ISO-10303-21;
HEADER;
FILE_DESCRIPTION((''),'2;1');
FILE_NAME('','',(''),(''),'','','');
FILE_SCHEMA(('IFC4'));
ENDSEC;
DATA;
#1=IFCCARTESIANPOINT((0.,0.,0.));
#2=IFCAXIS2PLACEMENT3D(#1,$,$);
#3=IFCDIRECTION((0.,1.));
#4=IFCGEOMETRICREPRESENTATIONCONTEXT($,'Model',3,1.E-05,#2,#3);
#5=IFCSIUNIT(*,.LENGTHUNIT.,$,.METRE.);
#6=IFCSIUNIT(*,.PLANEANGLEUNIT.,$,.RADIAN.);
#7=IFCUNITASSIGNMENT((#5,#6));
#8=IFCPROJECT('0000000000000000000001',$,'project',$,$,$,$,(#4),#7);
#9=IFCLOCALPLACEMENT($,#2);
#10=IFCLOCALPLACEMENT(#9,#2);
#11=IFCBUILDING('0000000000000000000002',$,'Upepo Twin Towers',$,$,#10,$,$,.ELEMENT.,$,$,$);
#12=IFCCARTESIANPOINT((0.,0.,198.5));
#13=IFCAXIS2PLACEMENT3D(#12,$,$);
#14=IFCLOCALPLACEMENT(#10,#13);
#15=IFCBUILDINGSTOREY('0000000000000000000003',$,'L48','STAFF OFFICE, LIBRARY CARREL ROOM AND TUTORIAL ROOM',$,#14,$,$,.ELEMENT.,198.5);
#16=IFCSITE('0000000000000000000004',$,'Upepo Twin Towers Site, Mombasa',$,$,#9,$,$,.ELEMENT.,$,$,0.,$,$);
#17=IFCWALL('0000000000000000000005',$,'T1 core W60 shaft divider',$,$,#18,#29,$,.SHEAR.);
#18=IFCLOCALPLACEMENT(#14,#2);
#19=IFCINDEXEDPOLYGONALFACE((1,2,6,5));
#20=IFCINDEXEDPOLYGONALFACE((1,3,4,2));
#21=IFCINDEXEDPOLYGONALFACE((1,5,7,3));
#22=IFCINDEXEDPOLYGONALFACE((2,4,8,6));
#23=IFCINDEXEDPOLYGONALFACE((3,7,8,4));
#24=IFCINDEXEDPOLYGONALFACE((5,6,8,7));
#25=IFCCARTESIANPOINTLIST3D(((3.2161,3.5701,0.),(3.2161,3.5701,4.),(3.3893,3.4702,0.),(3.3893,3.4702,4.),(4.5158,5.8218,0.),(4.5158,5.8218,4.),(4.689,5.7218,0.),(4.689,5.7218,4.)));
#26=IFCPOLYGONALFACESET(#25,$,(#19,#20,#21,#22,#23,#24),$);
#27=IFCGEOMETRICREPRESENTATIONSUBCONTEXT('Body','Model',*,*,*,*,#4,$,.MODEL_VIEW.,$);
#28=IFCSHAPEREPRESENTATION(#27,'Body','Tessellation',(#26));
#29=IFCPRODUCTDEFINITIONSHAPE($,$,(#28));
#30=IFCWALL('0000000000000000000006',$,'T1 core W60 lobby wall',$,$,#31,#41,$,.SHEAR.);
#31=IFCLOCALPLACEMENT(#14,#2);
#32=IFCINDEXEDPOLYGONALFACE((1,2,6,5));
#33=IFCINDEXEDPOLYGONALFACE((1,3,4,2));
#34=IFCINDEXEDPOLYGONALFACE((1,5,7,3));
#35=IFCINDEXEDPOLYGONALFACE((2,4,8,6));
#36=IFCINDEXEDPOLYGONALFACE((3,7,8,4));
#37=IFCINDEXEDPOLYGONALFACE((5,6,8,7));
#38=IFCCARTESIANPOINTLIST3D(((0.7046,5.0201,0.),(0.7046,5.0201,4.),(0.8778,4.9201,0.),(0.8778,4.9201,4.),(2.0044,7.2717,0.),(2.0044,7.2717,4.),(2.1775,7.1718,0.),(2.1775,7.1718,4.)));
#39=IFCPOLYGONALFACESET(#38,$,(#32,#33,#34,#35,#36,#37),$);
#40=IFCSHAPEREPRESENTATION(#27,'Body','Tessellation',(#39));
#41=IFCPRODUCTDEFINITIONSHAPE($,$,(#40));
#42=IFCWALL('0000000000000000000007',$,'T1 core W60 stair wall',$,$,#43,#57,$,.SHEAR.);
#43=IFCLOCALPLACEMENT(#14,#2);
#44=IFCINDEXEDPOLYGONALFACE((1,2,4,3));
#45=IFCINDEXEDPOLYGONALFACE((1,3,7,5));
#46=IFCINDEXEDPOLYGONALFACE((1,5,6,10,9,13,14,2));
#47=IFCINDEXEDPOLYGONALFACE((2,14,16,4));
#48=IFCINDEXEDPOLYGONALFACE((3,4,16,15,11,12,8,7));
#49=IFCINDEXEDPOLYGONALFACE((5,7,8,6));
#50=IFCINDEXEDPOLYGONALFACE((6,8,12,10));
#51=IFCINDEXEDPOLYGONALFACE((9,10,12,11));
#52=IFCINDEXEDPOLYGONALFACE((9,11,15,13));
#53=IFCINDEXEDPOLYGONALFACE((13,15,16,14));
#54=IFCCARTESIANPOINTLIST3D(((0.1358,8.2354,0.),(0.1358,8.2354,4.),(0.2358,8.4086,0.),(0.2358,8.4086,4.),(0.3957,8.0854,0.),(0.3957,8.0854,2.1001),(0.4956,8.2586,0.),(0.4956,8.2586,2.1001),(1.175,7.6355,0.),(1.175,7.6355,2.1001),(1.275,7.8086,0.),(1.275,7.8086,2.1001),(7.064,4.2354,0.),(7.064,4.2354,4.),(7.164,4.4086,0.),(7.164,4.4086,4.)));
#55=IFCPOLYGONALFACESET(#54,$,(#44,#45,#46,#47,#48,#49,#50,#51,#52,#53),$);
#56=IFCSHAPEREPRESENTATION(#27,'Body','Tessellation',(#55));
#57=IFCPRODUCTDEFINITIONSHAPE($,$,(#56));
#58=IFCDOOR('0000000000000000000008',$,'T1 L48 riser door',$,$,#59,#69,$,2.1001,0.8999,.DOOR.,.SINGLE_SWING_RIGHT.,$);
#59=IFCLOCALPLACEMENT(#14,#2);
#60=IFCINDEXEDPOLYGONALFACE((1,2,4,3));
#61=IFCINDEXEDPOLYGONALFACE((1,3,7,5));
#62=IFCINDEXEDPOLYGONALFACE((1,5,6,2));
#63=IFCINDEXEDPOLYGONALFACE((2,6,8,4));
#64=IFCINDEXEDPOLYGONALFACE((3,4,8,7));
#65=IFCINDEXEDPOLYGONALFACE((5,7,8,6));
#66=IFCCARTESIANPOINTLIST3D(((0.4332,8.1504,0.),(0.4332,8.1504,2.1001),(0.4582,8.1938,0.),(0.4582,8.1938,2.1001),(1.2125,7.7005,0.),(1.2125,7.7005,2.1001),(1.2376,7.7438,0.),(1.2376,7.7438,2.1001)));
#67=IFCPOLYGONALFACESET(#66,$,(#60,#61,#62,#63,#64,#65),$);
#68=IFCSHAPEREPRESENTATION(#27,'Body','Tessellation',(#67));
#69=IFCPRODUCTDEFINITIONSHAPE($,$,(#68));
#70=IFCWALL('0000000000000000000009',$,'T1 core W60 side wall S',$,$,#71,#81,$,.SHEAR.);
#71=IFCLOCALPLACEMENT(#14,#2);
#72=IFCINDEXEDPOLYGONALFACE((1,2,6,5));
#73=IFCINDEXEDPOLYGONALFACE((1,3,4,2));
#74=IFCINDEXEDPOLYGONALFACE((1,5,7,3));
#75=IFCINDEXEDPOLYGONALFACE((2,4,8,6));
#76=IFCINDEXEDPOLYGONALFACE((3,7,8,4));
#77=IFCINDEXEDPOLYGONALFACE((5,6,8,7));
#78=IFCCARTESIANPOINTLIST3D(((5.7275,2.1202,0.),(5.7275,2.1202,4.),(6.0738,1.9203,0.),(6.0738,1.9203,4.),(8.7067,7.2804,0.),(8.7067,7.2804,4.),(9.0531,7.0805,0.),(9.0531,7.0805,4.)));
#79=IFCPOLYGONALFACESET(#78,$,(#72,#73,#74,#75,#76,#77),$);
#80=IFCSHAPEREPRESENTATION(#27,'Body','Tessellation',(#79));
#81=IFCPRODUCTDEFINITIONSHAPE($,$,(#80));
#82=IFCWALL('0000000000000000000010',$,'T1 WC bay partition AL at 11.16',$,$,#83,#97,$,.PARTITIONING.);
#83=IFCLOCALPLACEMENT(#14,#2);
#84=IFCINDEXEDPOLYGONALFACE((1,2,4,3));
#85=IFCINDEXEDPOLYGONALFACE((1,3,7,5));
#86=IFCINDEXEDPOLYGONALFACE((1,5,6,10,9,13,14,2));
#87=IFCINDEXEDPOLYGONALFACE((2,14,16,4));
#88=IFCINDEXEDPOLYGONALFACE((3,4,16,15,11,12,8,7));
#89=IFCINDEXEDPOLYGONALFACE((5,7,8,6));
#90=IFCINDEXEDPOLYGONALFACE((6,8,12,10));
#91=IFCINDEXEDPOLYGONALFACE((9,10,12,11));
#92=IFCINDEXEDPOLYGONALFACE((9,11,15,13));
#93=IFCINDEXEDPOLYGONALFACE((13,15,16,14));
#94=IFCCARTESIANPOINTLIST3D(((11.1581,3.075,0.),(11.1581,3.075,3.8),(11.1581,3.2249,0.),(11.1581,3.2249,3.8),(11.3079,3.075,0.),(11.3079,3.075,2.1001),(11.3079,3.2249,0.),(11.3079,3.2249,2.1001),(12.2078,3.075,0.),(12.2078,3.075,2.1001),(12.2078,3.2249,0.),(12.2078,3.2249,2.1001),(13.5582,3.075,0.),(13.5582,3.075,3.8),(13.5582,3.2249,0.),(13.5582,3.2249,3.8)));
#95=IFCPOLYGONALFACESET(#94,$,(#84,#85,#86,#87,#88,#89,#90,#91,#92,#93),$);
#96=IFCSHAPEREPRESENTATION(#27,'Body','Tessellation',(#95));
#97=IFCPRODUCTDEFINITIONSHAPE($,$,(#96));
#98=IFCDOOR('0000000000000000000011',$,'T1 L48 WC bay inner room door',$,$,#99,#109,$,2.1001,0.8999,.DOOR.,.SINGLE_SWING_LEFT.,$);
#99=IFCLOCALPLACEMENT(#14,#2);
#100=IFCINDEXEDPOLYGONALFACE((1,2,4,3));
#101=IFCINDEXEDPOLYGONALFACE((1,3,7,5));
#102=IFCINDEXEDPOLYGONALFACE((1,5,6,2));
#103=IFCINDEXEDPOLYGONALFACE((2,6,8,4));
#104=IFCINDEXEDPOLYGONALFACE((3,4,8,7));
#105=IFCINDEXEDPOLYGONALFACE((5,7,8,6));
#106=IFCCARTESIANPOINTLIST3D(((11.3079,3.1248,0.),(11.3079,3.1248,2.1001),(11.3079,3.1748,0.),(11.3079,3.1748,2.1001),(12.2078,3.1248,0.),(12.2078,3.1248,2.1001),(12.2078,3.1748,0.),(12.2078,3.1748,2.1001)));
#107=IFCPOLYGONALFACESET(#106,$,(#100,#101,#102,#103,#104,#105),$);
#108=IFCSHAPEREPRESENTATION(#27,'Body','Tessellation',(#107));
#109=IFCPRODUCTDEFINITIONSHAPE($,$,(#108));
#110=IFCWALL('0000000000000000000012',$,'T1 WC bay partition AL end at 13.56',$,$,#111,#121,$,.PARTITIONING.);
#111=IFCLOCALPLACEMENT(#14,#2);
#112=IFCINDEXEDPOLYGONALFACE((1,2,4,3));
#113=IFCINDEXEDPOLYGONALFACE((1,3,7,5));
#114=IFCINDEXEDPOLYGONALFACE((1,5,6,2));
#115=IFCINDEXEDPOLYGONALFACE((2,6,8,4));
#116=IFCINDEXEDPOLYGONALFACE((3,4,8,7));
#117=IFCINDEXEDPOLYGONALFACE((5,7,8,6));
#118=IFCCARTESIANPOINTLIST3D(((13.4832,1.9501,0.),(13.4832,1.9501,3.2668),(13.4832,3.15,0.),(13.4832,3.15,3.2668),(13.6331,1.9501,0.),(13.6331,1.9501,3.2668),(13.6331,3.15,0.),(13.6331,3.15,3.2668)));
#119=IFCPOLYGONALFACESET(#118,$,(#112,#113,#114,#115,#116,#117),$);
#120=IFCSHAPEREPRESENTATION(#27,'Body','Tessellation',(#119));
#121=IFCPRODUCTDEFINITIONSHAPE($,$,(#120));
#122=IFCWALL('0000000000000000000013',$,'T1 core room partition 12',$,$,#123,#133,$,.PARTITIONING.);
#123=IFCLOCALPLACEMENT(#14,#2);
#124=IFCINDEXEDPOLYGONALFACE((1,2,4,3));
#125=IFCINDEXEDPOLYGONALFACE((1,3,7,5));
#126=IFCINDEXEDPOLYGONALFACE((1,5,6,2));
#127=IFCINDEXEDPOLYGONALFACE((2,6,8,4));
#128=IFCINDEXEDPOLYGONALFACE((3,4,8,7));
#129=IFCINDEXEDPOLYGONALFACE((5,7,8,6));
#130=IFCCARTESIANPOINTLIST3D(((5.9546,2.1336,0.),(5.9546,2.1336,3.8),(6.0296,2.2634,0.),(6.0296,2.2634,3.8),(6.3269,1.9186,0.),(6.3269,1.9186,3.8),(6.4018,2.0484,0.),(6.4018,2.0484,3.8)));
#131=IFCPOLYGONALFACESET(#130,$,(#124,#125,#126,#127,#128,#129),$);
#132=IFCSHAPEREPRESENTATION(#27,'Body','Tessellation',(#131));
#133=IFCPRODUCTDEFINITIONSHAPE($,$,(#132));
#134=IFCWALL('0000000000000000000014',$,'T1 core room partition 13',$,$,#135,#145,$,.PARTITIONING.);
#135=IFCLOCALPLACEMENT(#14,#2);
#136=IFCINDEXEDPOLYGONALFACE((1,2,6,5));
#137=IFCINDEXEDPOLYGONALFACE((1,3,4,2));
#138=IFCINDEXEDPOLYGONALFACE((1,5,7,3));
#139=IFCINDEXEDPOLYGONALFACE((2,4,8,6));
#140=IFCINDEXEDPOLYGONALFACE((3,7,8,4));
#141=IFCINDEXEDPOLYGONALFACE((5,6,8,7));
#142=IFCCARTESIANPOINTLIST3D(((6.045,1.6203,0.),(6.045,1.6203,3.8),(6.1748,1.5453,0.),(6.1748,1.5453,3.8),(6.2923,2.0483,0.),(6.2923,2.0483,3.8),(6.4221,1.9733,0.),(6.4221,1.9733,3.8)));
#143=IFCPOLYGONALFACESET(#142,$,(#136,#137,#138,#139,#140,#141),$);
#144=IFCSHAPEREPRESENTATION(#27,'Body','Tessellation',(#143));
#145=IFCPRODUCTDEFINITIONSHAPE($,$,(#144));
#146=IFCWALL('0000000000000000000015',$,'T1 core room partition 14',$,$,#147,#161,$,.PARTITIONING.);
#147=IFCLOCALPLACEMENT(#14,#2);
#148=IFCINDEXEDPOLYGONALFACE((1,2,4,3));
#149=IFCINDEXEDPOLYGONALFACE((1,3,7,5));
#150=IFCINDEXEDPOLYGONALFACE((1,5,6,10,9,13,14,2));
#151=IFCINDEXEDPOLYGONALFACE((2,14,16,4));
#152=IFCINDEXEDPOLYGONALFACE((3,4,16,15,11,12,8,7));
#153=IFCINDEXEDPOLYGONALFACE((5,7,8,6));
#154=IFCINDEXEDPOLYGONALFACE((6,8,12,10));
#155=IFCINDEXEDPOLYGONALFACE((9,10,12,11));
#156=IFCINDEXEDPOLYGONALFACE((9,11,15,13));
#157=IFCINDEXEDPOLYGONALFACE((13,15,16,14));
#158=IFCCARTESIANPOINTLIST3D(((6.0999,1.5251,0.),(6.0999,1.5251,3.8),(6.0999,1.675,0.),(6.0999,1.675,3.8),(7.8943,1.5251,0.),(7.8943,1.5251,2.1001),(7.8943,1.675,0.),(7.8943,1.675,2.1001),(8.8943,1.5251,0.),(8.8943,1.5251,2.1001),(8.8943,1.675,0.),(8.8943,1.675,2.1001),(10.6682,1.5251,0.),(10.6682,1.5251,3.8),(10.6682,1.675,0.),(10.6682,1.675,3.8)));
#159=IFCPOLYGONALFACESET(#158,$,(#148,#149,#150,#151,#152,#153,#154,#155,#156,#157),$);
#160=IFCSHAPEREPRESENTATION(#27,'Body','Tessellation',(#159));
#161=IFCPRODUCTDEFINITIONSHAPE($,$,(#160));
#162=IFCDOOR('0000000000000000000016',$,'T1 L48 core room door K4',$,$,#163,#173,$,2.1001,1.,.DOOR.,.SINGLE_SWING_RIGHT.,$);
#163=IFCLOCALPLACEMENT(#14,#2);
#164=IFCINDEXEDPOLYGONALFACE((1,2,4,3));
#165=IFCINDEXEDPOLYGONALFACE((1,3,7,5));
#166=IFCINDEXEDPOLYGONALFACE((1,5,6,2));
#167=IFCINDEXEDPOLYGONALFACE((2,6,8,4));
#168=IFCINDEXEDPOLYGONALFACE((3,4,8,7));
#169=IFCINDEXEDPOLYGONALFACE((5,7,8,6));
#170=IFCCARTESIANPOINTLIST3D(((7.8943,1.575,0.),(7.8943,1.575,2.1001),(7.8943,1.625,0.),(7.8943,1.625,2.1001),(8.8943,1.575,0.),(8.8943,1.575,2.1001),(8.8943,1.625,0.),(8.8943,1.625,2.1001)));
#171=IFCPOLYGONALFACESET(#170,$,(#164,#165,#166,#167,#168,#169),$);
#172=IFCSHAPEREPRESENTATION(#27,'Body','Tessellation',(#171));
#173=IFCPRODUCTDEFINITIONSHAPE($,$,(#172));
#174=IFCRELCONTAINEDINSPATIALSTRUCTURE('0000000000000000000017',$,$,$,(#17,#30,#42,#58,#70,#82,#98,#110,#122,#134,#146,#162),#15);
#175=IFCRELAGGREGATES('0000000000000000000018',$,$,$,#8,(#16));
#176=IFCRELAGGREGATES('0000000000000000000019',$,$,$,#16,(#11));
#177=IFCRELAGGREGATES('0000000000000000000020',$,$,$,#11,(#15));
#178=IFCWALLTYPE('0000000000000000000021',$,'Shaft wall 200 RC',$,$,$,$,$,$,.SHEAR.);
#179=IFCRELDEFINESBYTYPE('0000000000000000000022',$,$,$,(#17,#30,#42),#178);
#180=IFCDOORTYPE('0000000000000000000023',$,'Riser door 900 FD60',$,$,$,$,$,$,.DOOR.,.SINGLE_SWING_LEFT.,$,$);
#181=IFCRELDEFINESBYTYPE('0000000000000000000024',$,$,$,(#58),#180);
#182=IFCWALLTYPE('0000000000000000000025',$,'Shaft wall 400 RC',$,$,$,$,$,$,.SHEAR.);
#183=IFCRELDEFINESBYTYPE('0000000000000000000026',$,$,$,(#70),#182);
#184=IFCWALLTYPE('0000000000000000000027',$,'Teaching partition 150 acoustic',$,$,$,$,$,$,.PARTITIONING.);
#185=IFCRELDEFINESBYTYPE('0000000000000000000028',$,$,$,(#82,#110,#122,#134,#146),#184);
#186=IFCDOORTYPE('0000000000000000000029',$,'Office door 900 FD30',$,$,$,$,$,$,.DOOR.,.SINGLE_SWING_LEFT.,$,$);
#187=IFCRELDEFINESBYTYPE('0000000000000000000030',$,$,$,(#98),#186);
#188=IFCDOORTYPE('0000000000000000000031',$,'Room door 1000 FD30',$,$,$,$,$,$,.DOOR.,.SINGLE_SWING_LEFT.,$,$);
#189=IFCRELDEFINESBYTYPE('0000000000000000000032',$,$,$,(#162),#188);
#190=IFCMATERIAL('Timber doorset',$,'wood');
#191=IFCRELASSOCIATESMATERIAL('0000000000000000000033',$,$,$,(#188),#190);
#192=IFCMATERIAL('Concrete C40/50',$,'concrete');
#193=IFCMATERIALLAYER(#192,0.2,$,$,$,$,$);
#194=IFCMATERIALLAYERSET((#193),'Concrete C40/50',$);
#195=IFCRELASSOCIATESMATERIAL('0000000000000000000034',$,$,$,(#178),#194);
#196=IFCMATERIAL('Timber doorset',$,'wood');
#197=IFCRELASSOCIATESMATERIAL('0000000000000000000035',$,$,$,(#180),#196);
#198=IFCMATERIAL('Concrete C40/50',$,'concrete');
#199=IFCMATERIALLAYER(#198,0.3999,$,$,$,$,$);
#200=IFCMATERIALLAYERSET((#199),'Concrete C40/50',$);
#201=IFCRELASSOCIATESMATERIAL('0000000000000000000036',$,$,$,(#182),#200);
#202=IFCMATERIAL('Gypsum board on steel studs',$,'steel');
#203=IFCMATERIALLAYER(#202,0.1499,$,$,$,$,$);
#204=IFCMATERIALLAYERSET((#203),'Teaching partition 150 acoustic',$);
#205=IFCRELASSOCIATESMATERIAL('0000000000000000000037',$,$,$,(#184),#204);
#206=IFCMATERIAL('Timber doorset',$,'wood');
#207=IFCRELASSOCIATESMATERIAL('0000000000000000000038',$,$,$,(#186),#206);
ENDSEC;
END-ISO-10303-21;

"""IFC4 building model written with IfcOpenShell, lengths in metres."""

from ifc_helpers import new_model, si_unit, direction, frame, frame_2d, origin, place, context, subcontext, project, spatial, rectangle, extrude, material, layer, layer_set, type_object, element, fill, save


model = new_model("IFC4")

# Units and contexts
model_context = context("Model", 3, precision=1e-05, world=origin(), true_north=direction((0.0, 1.0)))
body_context = subcontext(model_context, "Body", "Model", "MODEL_VIEW")
ifc_project = project(units=[si_unit("LENGTHUNIT", "METRE"), si_unit("PLANEANGLEUNIT", "RADIAN")], contexts=[model_context])

# Site, building, storey
site_placement = place(None, origin())
site = spatial("IfcSite", under=ifc_project, at=site_placement, Name="Upepo Twin Towers Site, Mombasa", CompositionType="ELEMENT", RefElevation=0.0)
building_placement = place(site_placement, origin())
building = spatial("IfcBuilding", under=site, at=building_placement, Name="Upepo Twin Towers", CompositionType="ELEMENT")
storey_placement = place(building_placement, frame((0.0, 0.0, 198.5)))
storey = spatial("IfcBuildingStorey", under=building, at=storey_placement, Name="L48", Description="STAFF OFFICE, LIBRARY CARREL ROOM AND TUTORIAL ROOM", CompositionType="ELEMENT", Elevation=198.5)

# Shared definitions
ifc_material_1 = material(Name="Timber doorset", Category="wood")
door_type_1 = type_object("IfcDoorType", Name="Room door 1000 FD30", OperationType="SINGLE_SWING_LEFT", PredefinedType="DOOR", material=ifc_material_1)

# Shared definitions
ifc_material_2 = material(Name="Concrete C40/50", Category="concrete")
ifc_layer_1 = layer(ifc_material_2, 0.2)
ifc_layer_set_1 = layer_set([ifc_layer_1], Name="Concrete C40/50")
wall_type_1 = type_object("IfcWallType", Name="Shaft wall 200 RC", PredefinedType="SHEAR", material=ifc_layer_set_1)

# Walls
for number, where, z_axis, x_axis, name in (
    (1, (3.3027, 3.5203, 0.0), (0.0, 0.0, 1.0), (0.499937, 0.866062, 0.0), "T1 core W60 shaft divider"),
    (2, (0.7913, 4.9702, 0.0), (0.0, 0.0, 1.0), (0.499937, 0.866062, 0.0), "T1 core W60 lobby wall"),
):
    element("IfcWall", number, at=place(storey_placement, frame(where, z_axis=z_axis, x_axis=x_axis)), inside=storey, type_object=wall_type_1, Name=name, PredefinedType="SHEAR", context=body_context, shape_type="SweptSolid", body=[
        extrude(rectangle(XDim=2.5999, YDim=0.2, at=frame_2d((1.2998, 0.0))), origin(), (0.0, 0.0, 1.0), 4.0),
    ])

# Wall, opening, door
wall_1_placement = place(storey_placement, frame((7.114, 4.322, 0.0), z_axis=(0.0, 0.0, 1.0), x_axis=(-0.866026, 0.499999, 0.0)))
wall_1 = element("IfcWall", 3, at=wall_1_placement, inside=storey, type_object=wall_type_1, Name="T1 core W60 stair wall", PredefinedType="SHEAR", context=body_context, shape_type="SweptSolid", body=[
    extrude(rectangle(XDim=8.0, YDim=0.2, at=frame_2d((4.0, 0.0))), origin(), (0.0, 0.0, 1.0), 4.0),
])
opening_1_placement = place(wall_1_placement, frame((6.8, 0.0, 0.0)))
opening_1 = element("IfcOpeningElement", 4, at=opening_1_placement, cuts=wall_1, PredefinedType="OPENING", context=body_context, shape_type="SweptSolid", body=[
    extrude(rectangle(XDim=0.8999, YDim=2.1001, at=frame_2d((0.45, 1.05))), frame((0.0, 0.1099, 0.0), z_axis=(0.0, -1.0, 0.0), x_axis=(1.0, 0.0, 0.0)), (0.0, 0.0, 1.0), 0.22),
])
ifc_material_3 = material(Name="Timber doorset", Category="wood")
door_type_2 = type_object("IfcDoorType", Name="Riser door 900 FD60", OperationType="SINGLE_SWING_LEFT", PredefinedType="DOOR", material=ifc_material_3)
door_1_placement = place(opening_1_placement, origin())
door_1 = element("IfcDoor", 5, at=door_1_placement, inside=storey, type_object=door_type_2, Name="T1 L48 riser door", OperationType="SINGLE_SWING_RIGHT", OverallHeight=2.1001, OverallWidth=0.8999, PredefinedType="DOOR", context=body_context, shape_type="SweptSolid", body=[
    extrude(rectangle(XDim=0.8999, YDim=2.1001, at=frame_2d((0.45, 1.05))), frame((0.0, 0.0249, 0.0), z_axis=(0.0, -1.0, 0.0), x_axis=(1.0, 0.0, 0.0)), (0.0, 0.0, 1.0), 0.05),
])
fill(opening_1, door_1)

# Wall
ifc_material_4 = material(Name="Concrete C40/50", Category="concrete")
ifc_layer_2 = layer(ifc_material_4, 0.3999)
ifc_layer_set_2 = layer_set([ifc_layer_2], Name="Concrete C40/50")
wall_type_2 = type_object("IfcWallType", Name="Shaft wall 400 RC", PredefinedType="SHEAR", material=ifc_layer_set_2)
wall_2_placement = place(storey_placement, frame((5.9006, 2.0203, 0.0), z_axis=(0.0, 0.0, 1.0), x_axis=(0.500004, 0.866023, 0.0)))
element("IfcWall", 6, at=wall_2_placement, inside=storey, type_object=wall_type_2, Name="T1 core W60 side wall S", PredefinedType="SHEAR", context=body_context, shape_type="SweptSolid", body=[
    extrude(rectangle(XDim=5.9585, YDim=0.3999, at=frame_2d((2.9792, 0.0))), origin(), (0.0, 0.0, 1.0), 4.0),
])

# Wall, opening, door
ifc_material_5 = material(Name="Gypsum board on steel studs", Category="steel")
ifc_layer_3 = layer(ifc_material_5, 0.1499)
ifc_layer_set_3 = layer_set([ifc_layer_3], Name="Teaching partition 150 acoustic")
wall_type_3 = type_object("IfcWallType", Name="Teaching partition 150 acoustic", PredefinedType="PARTITIONING", material=ifc_layer_set_3)
wall_3_placement = place(storey_placement, frame((11.158, 3.1499, 0.0), z_axis=(0.0, 0.0, 1.0), x_axis=(1.0, 0.0, 0.0)))
wall_3 = element("IfcWall", 7, at=wall_3_placement, inside=storey, type_object=wall_type_3, Name="T1 WC bay partition AL at 11.16", PredefinedType="PARTITIONING", context=body_context, shape_type="SweptSolid", body=[
    extrude(rectangle(XDim=2.4001, YDim=0.1499, at=frame_2d((1.2002, 0.0))), origin(), (0.0, 0.0, 1.0), 3.8),
])
opening_2_placement = place(wall_3_placement, frame((0.1499, 0.0, 0.0)))
opening_2 = element("IfcOpeningElement", 8, at=opening_2_placement, cuts=wall_3, PredefinedType="OPENING", context=body_context, shape_type="SweptSolid", body=[
    extrude(rectangle(XDim=0.8999, YDim=2.1001, at=frame_2d((0.45, 1.05))), frame((0.0, 0.085, 0.0), z_axis=(0.0, -1.0, 0.0), x_axis=(1.0, 0.0, 0.0)), (0.0, 0.0, 1.0), 0.1699),
])
ifc_material_6 = material(Name="Timber doorset", Category="wood")
door_type_3 = type_object("IfcDoorType", Name="Office door 900 FD30", OperationType="SINGLE_SWING_LEFT", PredefinedType="DOOR", material=ifc_material_6)
door_2_placement = place(opening_2_placement, origin())
door_2 = element("IfcDoor", 9, at=door_2_placement, inside=storey, type_object=door_type_3, Name="T1 L48 WC bay inner room door", OperationType="SINGLE_SWING_LEFT", OverallHeight=2.1001, OverallWidth=0.8999, PredefinedType="DOOR", context=body_context, shape_type="SweptSolid", body=[
    extrude(rectangle(XDim=0.8999, YDim=2.1001, at=frame_2d((0.45, 1.05))), frame((0.0, 0.0249, 0.0), z_axis=(0.0, -1.0, 0.0), x_axis=(1.0, 0.0, 0.0)), (0.0, 0.0, 1.0), 0.05),
])
fill(opening_2, door_2)

# Walls
wall_4_placement = place(storey_placement, frame((13.5581, 1.95, 0.0), z_axis=(0.0, 0.0, 1.0), x_axis=(0.0, 1.0, 0.0)))
element("IfcWall", 10, at=wall_4_placement, inside=storey, type_object=wall_type_3, Name="T1 WC bay partition AL end at 13.56", PredefinedType="PARTITIONING", context=body_context, shape_type="SweptSolid", body=[
    extrude(rectangle(XDim=1.2, YDim=0.1499, at=frame_2d((0.6001, 0.0))), origin(), (0.0, 0.0, 1.0), 3.2668),
])
wall_5_placement = place(storey_placement, frame((5.9922, 2.1985, 0.0), z_axis=(0.0, 0.0, 1.0), x_axis=(0.865892, -0.50023, 0.0)))
element("IfcWall", 11, at=wall_5_placement, inside=storey, type_object=wall_type_3, Name="T1 core room partition 12", PredefinedType="PARTITIONING", context=body_context, shape_type="SweptSolid", body=[
    extrude(rectangle(XDim=0.4299, YDim=0.1499, at=frame_2d((0.2148, 0.0))), origin(), (0.0, 0.0, 1.0), 3.8),
])
wall_6_placement = place(storey_placement, frame((6.3572, 2.0107, 0.0), z_axis=(0.0, 0.0, 1.0), x_axis=(-0.500335, -0.865832, 0.0)))
element("IfcWall", 12, at=wall_6_placement, inside=storey, type_object=wall_type_3, Name="T1 core room partition 13", PredefinedType="PARTITIONING", context=body_context, shape_type="SweptSolid", body=[
    extrude(rectangle(XDim=0.4944, YDim=0.1499, at=frame_2d((0.2471, 0.0))), origin(), (0.0, 0.0, 1.0), 3.8),
])

# Wall, opening, door
wall_7_placement = place(storey_placement, frame((6.0999, 1.6001, 0.0), z_axis=(0.0, 0.0, 1.0), x_axis=(1.0, 0.0, 0.0)))
wall_7 = element("IfcWall", 13, at=wall_7_placement, inside=storey, type_object=wall_type_3, Name="T1 core room partition 14", PredefinedType="PARTITIONING", context=body_context, shape_type="SweptSolid", body=[
    extrude(rectangle(XDim=4.5684, YDim=0.1499, at=frame_2d((2.2842, 0.0))), origin(), (0.0, 0.0, 1.0), 3.8),
])
opening_3_placement = place(wall_7_placement, frame((1.7944, 0.0, 0.0)))
opening_3 = element("IfcOpeningElement", 14, at=opening_3_placement, cuts=wall_7, PredefinedType="OPENING", context=body_context, shape_type="SweptSolid", body=[
    extrude(rectangle(XDim=1.0, YDim=2.1001, at=frame_2d((0.5, 1.05))), frame((0.0, 0.085, 0.0), z_axis=(0.0, -1.0, 0.0), x_axis=(1.0, 0.0, 0.0)), (0.0, 0.0, 1.0), 0.1699),
])
door_3_placement = place(opening_3_placement, origin())
door_3 = element("IfcDoor", 15, at=door_3_placement, inside=storey, type_object=door_type_1, Name="T1 L48 core room door K4", OperationType="SINGLE_SWING_RIGHT", OverallHeight=2.1001, OverallWidth=1.0, PredefinedType="DOOR", context=body_context, shape_type="SweptSolid", body=[
    extrude(rectangle(XDim=1.0, YDim=2.1001, at=frame_2d((0.5, 1.05))), frame((0.0, 0.0249, 0.0), z_axis=(0.0, -1.0, 0.0), x_axis=(1.0, 0.0, 0.0)), (0.0, 0.0, 1.0), 0.05),
])
fill(opening_3, door_3)

save(model, "model.ifc")
